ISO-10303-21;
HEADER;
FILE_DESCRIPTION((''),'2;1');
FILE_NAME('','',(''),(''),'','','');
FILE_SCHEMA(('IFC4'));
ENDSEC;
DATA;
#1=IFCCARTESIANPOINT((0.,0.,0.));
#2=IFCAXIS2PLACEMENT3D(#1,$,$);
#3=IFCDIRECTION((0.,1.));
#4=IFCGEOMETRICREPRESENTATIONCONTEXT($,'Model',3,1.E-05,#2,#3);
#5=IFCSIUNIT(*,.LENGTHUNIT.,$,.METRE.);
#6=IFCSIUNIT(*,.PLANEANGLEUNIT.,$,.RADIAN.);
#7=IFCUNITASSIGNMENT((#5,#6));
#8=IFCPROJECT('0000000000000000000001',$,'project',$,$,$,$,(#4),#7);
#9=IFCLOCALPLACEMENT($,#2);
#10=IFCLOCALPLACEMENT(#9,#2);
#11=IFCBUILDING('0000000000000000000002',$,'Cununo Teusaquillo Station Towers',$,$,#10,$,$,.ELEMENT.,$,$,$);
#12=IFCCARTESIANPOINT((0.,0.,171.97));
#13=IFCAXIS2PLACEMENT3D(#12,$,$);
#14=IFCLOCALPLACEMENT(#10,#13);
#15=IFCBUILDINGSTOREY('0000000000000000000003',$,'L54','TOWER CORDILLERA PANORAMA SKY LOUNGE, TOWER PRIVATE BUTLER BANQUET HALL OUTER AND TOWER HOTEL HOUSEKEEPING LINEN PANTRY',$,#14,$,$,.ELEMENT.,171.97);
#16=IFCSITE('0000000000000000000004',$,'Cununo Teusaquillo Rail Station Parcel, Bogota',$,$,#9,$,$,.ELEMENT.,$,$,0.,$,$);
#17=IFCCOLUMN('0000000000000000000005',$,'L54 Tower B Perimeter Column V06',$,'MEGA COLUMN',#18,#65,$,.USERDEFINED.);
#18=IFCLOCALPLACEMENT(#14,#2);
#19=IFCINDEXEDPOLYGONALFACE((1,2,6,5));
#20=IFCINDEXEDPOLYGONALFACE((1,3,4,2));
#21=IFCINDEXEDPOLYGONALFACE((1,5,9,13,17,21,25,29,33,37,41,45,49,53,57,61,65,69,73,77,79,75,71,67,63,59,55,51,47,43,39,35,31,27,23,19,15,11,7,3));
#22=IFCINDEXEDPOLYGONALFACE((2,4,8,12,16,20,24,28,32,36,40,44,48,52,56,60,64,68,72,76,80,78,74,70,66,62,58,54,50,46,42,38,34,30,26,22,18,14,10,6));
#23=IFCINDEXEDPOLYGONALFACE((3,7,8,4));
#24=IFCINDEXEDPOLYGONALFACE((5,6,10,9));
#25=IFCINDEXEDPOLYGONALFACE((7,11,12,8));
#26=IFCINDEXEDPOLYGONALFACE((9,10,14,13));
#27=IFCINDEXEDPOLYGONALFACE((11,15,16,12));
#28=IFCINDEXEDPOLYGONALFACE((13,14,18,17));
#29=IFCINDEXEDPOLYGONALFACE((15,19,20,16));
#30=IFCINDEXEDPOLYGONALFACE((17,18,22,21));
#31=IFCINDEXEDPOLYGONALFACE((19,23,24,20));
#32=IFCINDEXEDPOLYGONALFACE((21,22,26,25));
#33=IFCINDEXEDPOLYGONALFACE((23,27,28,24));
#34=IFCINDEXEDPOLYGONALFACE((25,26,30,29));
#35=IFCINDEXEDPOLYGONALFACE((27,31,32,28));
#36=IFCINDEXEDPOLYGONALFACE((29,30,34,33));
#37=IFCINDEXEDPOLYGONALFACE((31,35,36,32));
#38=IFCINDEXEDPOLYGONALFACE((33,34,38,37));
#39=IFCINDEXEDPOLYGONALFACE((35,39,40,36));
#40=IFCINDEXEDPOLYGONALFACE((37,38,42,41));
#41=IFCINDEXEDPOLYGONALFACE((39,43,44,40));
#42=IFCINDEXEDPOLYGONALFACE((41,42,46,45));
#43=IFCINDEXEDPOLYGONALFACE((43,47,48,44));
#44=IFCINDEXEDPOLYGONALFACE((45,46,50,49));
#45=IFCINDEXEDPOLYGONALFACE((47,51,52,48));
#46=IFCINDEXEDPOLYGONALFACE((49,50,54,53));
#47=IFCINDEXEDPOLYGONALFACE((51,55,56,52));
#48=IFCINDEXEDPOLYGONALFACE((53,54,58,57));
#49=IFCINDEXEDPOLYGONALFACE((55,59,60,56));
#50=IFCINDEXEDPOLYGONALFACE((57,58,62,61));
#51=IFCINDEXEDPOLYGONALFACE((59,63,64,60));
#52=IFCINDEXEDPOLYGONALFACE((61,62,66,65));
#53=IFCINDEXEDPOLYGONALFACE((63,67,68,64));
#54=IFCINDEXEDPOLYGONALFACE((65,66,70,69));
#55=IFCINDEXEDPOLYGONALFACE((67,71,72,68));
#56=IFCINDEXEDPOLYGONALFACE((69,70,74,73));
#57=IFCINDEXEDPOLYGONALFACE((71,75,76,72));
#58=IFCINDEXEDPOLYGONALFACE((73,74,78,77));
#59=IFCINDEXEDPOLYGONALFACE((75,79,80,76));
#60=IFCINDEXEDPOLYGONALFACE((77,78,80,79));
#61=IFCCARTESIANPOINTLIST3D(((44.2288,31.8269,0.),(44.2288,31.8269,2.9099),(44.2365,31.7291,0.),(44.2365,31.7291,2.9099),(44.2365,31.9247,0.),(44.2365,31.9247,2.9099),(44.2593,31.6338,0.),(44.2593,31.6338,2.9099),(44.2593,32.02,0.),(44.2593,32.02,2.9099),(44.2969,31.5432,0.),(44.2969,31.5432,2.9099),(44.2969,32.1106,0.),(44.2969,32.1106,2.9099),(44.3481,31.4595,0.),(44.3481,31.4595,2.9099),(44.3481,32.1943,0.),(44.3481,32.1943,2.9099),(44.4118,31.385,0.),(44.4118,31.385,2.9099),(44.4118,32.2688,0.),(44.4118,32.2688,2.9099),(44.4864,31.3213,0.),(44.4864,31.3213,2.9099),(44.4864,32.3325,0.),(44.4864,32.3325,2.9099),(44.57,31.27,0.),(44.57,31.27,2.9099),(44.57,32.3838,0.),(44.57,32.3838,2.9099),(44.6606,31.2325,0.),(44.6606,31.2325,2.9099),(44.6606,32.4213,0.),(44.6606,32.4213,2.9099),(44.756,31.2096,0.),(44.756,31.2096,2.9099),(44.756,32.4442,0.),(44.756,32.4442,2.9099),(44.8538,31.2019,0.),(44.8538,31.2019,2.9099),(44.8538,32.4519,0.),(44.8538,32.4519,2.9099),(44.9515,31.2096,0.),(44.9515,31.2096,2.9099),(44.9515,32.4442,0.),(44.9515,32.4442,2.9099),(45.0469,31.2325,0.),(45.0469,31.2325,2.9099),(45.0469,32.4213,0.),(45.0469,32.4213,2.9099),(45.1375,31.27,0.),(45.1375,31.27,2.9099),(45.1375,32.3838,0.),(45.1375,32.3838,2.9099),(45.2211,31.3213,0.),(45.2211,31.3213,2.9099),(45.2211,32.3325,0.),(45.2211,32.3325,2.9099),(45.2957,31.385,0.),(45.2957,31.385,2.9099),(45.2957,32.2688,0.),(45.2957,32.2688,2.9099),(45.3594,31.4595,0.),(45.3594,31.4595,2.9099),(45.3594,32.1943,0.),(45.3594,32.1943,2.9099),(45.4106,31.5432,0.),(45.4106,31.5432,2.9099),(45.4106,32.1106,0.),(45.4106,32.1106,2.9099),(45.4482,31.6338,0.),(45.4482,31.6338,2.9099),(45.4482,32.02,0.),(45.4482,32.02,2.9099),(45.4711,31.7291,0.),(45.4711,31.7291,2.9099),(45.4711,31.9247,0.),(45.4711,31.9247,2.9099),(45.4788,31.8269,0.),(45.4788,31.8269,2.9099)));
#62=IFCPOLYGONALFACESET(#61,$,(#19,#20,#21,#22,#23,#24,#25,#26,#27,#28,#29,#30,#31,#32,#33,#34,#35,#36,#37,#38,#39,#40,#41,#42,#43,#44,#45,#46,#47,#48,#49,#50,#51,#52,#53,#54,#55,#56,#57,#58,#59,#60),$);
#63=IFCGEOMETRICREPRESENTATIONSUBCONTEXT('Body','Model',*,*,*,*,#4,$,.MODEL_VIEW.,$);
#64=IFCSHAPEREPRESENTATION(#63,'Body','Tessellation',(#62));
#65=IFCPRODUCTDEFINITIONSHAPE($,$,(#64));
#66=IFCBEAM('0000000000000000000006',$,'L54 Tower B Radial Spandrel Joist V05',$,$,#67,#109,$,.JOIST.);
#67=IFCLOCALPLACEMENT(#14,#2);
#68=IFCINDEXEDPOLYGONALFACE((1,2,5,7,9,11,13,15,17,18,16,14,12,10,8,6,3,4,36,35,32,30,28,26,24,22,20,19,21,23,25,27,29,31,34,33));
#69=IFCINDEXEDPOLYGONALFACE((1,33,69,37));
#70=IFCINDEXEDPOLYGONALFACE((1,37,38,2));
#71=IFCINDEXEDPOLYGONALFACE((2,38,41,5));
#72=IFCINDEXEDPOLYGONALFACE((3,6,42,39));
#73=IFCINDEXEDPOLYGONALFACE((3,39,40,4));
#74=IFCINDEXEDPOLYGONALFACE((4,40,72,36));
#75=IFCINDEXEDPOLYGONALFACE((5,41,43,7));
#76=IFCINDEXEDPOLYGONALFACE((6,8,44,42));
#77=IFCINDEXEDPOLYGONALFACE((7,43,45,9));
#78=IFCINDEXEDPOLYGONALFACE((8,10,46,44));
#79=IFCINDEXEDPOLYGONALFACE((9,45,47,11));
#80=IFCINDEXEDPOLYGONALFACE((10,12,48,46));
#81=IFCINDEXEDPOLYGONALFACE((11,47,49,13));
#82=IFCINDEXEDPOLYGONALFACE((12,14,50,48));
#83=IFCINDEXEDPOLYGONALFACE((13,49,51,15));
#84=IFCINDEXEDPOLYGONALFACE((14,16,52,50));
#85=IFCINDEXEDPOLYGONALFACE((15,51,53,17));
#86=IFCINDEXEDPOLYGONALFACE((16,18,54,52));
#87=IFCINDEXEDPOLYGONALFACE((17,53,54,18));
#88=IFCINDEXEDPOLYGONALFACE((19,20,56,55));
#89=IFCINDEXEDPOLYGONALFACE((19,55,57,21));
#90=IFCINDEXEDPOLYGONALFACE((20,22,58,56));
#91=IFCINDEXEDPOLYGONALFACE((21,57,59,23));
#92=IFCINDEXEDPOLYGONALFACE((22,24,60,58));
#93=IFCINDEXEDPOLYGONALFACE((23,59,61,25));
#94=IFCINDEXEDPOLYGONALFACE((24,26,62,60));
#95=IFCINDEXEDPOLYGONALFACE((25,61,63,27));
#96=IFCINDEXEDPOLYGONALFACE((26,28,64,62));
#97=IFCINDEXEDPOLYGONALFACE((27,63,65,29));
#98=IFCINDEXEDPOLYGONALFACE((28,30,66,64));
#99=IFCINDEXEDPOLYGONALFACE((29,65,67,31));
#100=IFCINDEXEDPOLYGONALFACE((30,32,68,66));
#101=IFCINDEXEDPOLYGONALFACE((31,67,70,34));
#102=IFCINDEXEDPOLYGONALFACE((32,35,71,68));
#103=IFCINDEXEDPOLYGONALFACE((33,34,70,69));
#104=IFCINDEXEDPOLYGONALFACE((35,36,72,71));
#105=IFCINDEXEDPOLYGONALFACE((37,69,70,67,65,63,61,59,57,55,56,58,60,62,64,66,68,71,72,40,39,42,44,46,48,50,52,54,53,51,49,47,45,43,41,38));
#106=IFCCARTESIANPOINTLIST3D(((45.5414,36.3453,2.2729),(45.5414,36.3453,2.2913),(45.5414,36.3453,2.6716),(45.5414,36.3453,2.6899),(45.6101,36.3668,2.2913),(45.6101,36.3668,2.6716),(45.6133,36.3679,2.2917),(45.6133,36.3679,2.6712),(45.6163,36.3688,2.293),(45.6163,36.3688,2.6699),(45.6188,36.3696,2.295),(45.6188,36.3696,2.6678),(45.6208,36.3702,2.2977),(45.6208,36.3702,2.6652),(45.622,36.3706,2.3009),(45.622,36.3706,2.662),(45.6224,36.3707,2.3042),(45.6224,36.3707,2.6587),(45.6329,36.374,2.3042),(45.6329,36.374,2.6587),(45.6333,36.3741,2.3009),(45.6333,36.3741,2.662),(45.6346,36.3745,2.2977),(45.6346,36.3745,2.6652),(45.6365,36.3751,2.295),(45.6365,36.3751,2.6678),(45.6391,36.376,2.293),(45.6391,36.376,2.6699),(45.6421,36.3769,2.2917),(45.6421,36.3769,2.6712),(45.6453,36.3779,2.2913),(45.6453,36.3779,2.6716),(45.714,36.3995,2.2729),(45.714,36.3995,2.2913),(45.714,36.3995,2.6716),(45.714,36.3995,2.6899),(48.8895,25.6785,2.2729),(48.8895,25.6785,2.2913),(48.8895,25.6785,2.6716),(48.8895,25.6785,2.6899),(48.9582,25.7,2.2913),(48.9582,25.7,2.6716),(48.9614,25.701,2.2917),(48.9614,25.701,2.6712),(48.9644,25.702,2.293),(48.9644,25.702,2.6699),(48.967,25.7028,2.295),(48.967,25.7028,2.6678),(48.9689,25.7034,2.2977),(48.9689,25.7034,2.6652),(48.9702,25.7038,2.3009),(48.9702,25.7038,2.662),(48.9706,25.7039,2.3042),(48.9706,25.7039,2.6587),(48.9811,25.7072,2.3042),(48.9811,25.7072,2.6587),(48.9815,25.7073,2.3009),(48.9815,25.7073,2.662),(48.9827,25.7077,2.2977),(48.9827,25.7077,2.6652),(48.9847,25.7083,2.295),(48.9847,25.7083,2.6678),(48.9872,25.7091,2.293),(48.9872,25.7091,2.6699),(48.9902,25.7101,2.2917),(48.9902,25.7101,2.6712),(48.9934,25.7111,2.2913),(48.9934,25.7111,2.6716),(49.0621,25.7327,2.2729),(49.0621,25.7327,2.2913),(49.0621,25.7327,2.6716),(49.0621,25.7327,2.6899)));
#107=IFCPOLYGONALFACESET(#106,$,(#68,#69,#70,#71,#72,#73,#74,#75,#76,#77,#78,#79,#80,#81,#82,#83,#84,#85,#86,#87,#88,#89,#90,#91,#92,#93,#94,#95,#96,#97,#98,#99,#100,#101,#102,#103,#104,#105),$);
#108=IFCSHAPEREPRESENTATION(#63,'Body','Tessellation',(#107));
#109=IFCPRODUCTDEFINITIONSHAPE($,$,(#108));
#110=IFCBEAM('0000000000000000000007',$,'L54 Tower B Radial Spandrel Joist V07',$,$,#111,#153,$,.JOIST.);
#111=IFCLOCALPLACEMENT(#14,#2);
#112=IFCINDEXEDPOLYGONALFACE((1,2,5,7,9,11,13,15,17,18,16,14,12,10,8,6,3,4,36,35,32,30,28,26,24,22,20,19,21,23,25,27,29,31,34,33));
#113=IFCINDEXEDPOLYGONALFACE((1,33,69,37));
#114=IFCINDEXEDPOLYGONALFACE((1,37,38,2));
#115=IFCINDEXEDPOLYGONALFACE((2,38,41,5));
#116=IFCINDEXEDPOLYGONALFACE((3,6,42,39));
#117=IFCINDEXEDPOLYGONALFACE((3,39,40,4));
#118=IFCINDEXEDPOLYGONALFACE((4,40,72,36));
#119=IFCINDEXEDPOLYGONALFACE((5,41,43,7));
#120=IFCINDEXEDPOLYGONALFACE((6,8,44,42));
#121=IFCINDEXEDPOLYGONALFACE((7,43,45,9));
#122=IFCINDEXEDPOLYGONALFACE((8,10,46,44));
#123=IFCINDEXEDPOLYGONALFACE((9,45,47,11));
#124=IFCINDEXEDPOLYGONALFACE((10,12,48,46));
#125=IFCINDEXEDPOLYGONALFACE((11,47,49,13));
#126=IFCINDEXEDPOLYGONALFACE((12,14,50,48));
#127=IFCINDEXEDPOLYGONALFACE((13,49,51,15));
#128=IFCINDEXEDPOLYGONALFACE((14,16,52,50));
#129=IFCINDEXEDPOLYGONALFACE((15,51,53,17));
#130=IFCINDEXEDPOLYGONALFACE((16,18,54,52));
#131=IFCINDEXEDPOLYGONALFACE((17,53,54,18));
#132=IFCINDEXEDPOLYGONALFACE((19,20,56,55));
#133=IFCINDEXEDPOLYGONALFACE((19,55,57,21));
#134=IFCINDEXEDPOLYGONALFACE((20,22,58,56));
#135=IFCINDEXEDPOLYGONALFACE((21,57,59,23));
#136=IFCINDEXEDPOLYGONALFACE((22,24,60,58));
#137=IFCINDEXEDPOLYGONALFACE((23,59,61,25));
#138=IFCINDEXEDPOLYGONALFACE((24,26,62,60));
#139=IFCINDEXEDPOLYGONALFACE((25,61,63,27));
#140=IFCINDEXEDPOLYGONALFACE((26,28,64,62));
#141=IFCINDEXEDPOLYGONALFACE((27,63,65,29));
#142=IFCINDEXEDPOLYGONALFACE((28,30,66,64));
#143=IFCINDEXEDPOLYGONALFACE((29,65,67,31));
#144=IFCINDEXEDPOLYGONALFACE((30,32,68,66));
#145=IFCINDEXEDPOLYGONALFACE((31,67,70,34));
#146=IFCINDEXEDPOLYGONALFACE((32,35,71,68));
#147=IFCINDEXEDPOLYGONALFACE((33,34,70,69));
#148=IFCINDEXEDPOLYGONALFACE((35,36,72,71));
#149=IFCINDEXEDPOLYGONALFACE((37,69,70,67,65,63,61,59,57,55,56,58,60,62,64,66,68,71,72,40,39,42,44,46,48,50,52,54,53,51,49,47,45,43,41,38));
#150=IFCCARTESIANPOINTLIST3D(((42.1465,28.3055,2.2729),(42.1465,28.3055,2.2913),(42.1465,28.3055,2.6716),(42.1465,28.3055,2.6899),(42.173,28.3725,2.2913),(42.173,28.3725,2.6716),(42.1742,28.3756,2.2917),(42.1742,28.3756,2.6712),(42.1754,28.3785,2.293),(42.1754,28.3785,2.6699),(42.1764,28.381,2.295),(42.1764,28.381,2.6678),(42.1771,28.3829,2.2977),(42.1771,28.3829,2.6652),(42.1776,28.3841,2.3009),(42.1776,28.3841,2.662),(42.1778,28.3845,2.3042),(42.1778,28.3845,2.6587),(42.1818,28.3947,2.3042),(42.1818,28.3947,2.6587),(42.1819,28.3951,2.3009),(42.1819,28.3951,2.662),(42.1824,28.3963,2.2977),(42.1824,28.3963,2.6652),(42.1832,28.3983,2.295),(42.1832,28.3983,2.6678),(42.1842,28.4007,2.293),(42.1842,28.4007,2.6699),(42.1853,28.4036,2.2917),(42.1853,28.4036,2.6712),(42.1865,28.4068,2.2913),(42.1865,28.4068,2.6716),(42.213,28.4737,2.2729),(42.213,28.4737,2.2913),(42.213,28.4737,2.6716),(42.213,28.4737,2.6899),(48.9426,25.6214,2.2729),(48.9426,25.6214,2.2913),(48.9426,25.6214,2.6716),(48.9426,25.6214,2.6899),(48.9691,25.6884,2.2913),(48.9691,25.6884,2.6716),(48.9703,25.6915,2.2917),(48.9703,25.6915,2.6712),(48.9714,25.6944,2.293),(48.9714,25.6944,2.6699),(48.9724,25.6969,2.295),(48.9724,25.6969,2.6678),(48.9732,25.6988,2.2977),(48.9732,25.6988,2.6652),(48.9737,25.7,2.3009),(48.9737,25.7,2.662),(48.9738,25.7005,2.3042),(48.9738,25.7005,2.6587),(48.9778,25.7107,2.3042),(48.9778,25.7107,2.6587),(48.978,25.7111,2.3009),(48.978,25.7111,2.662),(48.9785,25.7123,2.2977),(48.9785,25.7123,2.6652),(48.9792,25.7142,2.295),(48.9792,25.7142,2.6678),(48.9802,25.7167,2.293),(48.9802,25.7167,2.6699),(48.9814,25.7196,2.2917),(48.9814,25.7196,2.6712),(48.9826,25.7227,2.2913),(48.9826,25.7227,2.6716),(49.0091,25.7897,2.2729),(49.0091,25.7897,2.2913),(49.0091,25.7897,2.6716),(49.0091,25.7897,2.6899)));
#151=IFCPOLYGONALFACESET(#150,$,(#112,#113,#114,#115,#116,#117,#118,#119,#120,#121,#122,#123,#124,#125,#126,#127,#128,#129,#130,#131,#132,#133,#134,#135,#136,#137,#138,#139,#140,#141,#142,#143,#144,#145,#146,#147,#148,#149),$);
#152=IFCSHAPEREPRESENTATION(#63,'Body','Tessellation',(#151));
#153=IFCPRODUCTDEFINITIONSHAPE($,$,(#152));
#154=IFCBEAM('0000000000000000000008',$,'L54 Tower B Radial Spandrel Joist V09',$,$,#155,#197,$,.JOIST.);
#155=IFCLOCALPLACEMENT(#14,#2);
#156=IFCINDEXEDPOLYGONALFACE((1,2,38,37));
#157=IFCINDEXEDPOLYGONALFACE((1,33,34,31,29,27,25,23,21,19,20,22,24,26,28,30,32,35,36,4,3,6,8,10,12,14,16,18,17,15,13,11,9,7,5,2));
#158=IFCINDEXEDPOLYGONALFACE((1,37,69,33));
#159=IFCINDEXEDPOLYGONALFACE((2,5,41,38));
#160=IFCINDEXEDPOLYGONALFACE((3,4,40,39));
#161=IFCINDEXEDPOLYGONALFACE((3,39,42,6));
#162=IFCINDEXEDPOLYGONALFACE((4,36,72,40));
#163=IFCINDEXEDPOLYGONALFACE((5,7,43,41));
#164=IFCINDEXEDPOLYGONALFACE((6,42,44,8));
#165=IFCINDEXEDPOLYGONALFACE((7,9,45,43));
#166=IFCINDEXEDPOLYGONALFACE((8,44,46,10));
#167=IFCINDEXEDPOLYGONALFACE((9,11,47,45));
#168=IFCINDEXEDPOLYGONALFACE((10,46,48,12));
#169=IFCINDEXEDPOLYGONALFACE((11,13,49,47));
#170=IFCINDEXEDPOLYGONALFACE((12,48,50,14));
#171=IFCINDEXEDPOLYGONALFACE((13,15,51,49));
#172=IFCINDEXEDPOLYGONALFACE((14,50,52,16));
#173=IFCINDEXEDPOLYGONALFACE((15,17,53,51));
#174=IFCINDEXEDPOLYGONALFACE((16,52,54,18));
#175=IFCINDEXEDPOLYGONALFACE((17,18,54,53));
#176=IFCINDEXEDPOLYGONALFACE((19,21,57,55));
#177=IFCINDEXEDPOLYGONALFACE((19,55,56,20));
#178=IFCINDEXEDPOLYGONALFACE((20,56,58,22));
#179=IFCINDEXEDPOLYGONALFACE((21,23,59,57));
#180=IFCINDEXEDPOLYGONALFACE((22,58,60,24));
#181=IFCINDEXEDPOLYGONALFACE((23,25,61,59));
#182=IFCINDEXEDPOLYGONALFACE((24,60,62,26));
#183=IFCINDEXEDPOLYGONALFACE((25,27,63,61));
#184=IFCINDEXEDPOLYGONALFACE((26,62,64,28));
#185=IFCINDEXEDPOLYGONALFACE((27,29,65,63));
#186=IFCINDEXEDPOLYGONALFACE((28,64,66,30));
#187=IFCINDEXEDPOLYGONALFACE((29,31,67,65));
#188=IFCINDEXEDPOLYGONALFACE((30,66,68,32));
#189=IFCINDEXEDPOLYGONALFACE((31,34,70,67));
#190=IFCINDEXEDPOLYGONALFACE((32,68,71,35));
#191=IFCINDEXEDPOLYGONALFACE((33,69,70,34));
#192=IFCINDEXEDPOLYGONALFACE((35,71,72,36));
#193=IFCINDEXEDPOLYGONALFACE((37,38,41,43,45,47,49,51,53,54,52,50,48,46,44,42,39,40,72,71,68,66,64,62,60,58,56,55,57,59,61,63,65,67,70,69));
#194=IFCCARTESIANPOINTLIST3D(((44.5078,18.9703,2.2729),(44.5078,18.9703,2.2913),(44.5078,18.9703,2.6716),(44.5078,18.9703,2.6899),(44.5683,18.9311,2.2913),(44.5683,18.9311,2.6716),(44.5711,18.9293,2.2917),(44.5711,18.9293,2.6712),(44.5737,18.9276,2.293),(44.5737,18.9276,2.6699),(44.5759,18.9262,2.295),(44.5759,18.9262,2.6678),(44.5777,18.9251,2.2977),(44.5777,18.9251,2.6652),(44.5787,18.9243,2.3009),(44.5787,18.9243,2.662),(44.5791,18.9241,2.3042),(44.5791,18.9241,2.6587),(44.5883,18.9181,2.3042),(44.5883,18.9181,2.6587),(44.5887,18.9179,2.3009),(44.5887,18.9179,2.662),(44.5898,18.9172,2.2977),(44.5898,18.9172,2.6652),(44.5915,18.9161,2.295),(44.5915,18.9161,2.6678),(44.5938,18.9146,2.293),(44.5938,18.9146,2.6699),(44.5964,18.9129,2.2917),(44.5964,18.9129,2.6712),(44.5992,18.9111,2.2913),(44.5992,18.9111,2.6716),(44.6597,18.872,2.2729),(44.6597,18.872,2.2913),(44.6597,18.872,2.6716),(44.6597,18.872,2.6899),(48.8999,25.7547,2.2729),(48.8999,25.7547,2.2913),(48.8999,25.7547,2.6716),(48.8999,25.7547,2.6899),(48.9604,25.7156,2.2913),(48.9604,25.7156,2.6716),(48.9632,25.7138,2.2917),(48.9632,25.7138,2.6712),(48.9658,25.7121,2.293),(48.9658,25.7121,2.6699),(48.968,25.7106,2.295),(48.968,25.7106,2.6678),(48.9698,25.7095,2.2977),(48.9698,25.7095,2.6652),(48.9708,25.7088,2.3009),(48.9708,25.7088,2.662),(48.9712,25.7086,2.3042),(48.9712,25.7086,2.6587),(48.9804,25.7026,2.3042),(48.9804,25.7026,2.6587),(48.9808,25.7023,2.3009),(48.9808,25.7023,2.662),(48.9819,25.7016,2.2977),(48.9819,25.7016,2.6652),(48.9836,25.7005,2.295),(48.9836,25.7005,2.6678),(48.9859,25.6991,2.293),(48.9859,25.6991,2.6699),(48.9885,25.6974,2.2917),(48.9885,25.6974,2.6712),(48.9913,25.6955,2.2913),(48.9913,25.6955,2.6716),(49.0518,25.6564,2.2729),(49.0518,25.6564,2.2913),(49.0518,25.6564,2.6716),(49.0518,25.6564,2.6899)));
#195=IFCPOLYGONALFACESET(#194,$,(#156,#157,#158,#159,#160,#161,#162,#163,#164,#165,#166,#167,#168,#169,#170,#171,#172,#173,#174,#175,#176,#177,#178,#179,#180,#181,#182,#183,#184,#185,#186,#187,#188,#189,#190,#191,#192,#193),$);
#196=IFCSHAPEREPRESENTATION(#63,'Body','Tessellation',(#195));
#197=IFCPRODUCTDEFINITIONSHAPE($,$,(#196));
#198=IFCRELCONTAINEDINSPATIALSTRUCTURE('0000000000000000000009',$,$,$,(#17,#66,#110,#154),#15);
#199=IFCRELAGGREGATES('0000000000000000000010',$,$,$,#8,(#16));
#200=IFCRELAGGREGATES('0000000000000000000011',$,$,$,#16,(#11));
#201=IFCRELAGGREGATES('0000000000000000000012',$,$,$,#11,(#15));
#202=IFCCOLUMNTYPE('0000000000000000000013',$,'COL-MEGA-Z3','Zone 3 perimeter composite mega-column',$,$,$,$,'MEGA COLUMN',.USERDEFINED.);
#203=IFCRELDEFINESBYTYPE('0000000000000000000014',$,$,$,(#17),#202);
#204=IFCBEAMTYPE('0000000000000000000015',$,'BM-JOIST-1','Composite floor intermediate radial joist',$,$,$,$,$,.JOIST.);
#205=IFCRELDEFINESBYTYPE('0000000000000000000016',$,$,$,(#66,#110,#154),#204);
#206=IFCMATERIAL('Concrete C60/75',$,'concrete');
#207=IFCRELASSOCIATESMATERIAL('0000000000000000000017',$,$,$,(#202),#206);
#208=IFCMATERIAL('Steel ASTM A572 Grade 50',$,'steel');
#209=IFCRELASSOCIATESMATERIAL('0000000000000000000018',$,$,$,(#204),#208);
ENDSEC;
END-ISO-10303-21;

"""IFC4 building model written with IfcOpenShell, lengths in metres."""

from ifc_helpers import new_model, si_unit, direction, frame, origin, origin_2d, place, context, subcontext, project, spatial, circle, i_section, extrude, material, material_profile, profile_set, type_object, element, save


model = new_model("IFC4")

# Units and contexts
model_context = context("Model", 3, precision=1e-05, world=origin(), true_north=direction((0.0, 1.0)))
body_context = subcontext(model_context, "Body", "Model", "MODEL_VIEW")
ifc_project = project(units=[si_unit("LENGTHUNIT", "METRE"), si_unit("PLANEANGLEUNIT", "RADIAN")], contexts=[model_context])

# Site, building, storey
site_placement = place(None, origin())
site = spatial("IfcSite", under=ifc_project, at=site_placement, Name="Cununo Teusaquillo Rail Station Parcel, Bogota", CompositionType="ELEMENT", RefElevation=0.0)
building_placement = place(site_placement, origin())
building = spatial("IfcBuilding", under=site, at=building_placement, Name="Cununo Teusaquillo Station Towers", CompositionType="ELEMENT")
storey_placement = place(building_placement, frame((0.0, 0.0, 171.97)))
storey = spatial("IfcBuildingStorey", under=building, at=storey_placement, Name="L54", Description="TOWER CORDILLERA PANORAMA SKY LOUNGE, TOWER PRIVATE BUTLER BANQUET HALL OUTER AND TOWER HOTEL HOUSEKEEPING LINEN PANTRY", CompositionType="ELEMENT", Elevation=171.97)

# Column
ifc_material_1 = material(Name="Concrete C60/75", Category="concrete")
ifc_material_profile_1 = material_profile(ifc_material_1, circle(Radius=0.625, at=origin_2d()), Name="RC-CIRC-1250")
ifc_profile_set_1 = profile_set([ifc_material_profile_1], Name="Concrete C60/75")
column_type = type_object("IfcColumnType", Name="COL-MEGA-Z3", Description="Zone 3 perimeter composite mega-column", ElementType="MEGA COLUMN", PredefinedType="USERDEFINED", material=ifc_profile_set_1)
column_placement = place(storey_placement, frame((44.8538, 31.8269, 0.0), z_axis=(0.0, 0.0, 1.0), x_axis=(1.0, 0.0, 0.0)))
element("IfcColumn", 1, at=column_placement, inside=storey, type_object=column_type, Name="L54 Tower B Perimeter Column V06", ObjectType="MEGA COLUMN", PredefinedType="USERDEFINED", context=body_context, shape_type="SweptSolid", body=[
    extrude(circle(Radius=0.625, at=origin_2d()), origin(), (0.0, 0.0, 1.0), 2.9099),
])

# Beams
ifc_material_2 = material(Name="Steel ASTM A572 Grade 50", Category="steel")
ifc_material_profile_2 = material_profile(ifc_material_2, i_section(OverallWidth=0.1809, OverallDepth=0.417, WebThickness=0.011, FlangeThickness=0.0183, FilletRadius=0.0129, at=origin_2d()), Name="W16X57")
ifc_profile_set_2 = profile_set([ifc_material_profile_2], Name="Steel ASTM A572 Grade 50")
beam_type_1 = type_object("IfcBeamType", Name="BM-JOIST-1", Description="Composite floor intermediate radial joist", PredefinedType="JOIST", material=ifc_profile_set_2)
beam_1_placement = place(storey_placement, frame((48.9758, 25.7056, 2.4814), z_axis=(-0.29948, 0.954103, 0.0), x_axis=(-0.954103, -0.29948, 0.0)))
element("IfcBeam", 2, at=beam_1_placement, inside=storey, type_object=beam_type_1, Name="L54 Tower B Radial Spandrel Joist V05", PredefinedType="JOIST", context=body_context, shape_type="SweptSolid", body=[
    extrude(i_section(OverallWidth=0.1809, OverallDepth=0.417, WebThickness=0.011, FlangeThickness=0.0183, FilletRadius=0.0129, at=origin_2d()), origin(), (0.0, 0.0, 1.0), 11.1799),
])
beam_2_placement = place(storey_placement, frame((48.9758, 25.7056, 2.4814), z_axis=(-0.93009, 0.367332, 0.0), x_axis=(-0.367332, -0.93009, 0.0)))
element("IfcBeam", 3, at=beam_2_placement, inside=storey, type_object=beam_type_1, Name="L54 Tower B Radial Spandrel Joist V07", PredefinedType="JOIST", context=body_context, shape_type="SweptSolid", body=[
    extrude(i_section(OverallWidth=0.1809, OverallDepth=0.417, WebThickness=0.011, FlangeThickness=0.0183, FilletRadius=0.0129, at=origin_2d()), origin(), (0.0, 0.0, 1.0), 7.3069),
])
beam_3_placement = place(storey_placement, frame((48.9758, 25.7056, 2.4814), z_axis=(-0.54344, -0.839448, 0.0), x_axis=(0.839448, -0.54344, 0.0)))
element("IfcBeam", 4, at=beam_3_placement, inside=storey, type_object=beam_type_1, Name="L54 Tower B Radial Spandrel Joist V09", PredefinedType="JOIST", context=body_context, shape_type="SweptSolid", body=[
    extrude(i_section(OverallWidth=0.1809, OverallDepth=0.417, WebThickness=0.011, FlangeThickness=0.0183, FilletRadius=0.0129, at=origin_2d()), origin(), (0.0, 0.0, 1.0), 8.082),
])

save(model, "model.ifc")
